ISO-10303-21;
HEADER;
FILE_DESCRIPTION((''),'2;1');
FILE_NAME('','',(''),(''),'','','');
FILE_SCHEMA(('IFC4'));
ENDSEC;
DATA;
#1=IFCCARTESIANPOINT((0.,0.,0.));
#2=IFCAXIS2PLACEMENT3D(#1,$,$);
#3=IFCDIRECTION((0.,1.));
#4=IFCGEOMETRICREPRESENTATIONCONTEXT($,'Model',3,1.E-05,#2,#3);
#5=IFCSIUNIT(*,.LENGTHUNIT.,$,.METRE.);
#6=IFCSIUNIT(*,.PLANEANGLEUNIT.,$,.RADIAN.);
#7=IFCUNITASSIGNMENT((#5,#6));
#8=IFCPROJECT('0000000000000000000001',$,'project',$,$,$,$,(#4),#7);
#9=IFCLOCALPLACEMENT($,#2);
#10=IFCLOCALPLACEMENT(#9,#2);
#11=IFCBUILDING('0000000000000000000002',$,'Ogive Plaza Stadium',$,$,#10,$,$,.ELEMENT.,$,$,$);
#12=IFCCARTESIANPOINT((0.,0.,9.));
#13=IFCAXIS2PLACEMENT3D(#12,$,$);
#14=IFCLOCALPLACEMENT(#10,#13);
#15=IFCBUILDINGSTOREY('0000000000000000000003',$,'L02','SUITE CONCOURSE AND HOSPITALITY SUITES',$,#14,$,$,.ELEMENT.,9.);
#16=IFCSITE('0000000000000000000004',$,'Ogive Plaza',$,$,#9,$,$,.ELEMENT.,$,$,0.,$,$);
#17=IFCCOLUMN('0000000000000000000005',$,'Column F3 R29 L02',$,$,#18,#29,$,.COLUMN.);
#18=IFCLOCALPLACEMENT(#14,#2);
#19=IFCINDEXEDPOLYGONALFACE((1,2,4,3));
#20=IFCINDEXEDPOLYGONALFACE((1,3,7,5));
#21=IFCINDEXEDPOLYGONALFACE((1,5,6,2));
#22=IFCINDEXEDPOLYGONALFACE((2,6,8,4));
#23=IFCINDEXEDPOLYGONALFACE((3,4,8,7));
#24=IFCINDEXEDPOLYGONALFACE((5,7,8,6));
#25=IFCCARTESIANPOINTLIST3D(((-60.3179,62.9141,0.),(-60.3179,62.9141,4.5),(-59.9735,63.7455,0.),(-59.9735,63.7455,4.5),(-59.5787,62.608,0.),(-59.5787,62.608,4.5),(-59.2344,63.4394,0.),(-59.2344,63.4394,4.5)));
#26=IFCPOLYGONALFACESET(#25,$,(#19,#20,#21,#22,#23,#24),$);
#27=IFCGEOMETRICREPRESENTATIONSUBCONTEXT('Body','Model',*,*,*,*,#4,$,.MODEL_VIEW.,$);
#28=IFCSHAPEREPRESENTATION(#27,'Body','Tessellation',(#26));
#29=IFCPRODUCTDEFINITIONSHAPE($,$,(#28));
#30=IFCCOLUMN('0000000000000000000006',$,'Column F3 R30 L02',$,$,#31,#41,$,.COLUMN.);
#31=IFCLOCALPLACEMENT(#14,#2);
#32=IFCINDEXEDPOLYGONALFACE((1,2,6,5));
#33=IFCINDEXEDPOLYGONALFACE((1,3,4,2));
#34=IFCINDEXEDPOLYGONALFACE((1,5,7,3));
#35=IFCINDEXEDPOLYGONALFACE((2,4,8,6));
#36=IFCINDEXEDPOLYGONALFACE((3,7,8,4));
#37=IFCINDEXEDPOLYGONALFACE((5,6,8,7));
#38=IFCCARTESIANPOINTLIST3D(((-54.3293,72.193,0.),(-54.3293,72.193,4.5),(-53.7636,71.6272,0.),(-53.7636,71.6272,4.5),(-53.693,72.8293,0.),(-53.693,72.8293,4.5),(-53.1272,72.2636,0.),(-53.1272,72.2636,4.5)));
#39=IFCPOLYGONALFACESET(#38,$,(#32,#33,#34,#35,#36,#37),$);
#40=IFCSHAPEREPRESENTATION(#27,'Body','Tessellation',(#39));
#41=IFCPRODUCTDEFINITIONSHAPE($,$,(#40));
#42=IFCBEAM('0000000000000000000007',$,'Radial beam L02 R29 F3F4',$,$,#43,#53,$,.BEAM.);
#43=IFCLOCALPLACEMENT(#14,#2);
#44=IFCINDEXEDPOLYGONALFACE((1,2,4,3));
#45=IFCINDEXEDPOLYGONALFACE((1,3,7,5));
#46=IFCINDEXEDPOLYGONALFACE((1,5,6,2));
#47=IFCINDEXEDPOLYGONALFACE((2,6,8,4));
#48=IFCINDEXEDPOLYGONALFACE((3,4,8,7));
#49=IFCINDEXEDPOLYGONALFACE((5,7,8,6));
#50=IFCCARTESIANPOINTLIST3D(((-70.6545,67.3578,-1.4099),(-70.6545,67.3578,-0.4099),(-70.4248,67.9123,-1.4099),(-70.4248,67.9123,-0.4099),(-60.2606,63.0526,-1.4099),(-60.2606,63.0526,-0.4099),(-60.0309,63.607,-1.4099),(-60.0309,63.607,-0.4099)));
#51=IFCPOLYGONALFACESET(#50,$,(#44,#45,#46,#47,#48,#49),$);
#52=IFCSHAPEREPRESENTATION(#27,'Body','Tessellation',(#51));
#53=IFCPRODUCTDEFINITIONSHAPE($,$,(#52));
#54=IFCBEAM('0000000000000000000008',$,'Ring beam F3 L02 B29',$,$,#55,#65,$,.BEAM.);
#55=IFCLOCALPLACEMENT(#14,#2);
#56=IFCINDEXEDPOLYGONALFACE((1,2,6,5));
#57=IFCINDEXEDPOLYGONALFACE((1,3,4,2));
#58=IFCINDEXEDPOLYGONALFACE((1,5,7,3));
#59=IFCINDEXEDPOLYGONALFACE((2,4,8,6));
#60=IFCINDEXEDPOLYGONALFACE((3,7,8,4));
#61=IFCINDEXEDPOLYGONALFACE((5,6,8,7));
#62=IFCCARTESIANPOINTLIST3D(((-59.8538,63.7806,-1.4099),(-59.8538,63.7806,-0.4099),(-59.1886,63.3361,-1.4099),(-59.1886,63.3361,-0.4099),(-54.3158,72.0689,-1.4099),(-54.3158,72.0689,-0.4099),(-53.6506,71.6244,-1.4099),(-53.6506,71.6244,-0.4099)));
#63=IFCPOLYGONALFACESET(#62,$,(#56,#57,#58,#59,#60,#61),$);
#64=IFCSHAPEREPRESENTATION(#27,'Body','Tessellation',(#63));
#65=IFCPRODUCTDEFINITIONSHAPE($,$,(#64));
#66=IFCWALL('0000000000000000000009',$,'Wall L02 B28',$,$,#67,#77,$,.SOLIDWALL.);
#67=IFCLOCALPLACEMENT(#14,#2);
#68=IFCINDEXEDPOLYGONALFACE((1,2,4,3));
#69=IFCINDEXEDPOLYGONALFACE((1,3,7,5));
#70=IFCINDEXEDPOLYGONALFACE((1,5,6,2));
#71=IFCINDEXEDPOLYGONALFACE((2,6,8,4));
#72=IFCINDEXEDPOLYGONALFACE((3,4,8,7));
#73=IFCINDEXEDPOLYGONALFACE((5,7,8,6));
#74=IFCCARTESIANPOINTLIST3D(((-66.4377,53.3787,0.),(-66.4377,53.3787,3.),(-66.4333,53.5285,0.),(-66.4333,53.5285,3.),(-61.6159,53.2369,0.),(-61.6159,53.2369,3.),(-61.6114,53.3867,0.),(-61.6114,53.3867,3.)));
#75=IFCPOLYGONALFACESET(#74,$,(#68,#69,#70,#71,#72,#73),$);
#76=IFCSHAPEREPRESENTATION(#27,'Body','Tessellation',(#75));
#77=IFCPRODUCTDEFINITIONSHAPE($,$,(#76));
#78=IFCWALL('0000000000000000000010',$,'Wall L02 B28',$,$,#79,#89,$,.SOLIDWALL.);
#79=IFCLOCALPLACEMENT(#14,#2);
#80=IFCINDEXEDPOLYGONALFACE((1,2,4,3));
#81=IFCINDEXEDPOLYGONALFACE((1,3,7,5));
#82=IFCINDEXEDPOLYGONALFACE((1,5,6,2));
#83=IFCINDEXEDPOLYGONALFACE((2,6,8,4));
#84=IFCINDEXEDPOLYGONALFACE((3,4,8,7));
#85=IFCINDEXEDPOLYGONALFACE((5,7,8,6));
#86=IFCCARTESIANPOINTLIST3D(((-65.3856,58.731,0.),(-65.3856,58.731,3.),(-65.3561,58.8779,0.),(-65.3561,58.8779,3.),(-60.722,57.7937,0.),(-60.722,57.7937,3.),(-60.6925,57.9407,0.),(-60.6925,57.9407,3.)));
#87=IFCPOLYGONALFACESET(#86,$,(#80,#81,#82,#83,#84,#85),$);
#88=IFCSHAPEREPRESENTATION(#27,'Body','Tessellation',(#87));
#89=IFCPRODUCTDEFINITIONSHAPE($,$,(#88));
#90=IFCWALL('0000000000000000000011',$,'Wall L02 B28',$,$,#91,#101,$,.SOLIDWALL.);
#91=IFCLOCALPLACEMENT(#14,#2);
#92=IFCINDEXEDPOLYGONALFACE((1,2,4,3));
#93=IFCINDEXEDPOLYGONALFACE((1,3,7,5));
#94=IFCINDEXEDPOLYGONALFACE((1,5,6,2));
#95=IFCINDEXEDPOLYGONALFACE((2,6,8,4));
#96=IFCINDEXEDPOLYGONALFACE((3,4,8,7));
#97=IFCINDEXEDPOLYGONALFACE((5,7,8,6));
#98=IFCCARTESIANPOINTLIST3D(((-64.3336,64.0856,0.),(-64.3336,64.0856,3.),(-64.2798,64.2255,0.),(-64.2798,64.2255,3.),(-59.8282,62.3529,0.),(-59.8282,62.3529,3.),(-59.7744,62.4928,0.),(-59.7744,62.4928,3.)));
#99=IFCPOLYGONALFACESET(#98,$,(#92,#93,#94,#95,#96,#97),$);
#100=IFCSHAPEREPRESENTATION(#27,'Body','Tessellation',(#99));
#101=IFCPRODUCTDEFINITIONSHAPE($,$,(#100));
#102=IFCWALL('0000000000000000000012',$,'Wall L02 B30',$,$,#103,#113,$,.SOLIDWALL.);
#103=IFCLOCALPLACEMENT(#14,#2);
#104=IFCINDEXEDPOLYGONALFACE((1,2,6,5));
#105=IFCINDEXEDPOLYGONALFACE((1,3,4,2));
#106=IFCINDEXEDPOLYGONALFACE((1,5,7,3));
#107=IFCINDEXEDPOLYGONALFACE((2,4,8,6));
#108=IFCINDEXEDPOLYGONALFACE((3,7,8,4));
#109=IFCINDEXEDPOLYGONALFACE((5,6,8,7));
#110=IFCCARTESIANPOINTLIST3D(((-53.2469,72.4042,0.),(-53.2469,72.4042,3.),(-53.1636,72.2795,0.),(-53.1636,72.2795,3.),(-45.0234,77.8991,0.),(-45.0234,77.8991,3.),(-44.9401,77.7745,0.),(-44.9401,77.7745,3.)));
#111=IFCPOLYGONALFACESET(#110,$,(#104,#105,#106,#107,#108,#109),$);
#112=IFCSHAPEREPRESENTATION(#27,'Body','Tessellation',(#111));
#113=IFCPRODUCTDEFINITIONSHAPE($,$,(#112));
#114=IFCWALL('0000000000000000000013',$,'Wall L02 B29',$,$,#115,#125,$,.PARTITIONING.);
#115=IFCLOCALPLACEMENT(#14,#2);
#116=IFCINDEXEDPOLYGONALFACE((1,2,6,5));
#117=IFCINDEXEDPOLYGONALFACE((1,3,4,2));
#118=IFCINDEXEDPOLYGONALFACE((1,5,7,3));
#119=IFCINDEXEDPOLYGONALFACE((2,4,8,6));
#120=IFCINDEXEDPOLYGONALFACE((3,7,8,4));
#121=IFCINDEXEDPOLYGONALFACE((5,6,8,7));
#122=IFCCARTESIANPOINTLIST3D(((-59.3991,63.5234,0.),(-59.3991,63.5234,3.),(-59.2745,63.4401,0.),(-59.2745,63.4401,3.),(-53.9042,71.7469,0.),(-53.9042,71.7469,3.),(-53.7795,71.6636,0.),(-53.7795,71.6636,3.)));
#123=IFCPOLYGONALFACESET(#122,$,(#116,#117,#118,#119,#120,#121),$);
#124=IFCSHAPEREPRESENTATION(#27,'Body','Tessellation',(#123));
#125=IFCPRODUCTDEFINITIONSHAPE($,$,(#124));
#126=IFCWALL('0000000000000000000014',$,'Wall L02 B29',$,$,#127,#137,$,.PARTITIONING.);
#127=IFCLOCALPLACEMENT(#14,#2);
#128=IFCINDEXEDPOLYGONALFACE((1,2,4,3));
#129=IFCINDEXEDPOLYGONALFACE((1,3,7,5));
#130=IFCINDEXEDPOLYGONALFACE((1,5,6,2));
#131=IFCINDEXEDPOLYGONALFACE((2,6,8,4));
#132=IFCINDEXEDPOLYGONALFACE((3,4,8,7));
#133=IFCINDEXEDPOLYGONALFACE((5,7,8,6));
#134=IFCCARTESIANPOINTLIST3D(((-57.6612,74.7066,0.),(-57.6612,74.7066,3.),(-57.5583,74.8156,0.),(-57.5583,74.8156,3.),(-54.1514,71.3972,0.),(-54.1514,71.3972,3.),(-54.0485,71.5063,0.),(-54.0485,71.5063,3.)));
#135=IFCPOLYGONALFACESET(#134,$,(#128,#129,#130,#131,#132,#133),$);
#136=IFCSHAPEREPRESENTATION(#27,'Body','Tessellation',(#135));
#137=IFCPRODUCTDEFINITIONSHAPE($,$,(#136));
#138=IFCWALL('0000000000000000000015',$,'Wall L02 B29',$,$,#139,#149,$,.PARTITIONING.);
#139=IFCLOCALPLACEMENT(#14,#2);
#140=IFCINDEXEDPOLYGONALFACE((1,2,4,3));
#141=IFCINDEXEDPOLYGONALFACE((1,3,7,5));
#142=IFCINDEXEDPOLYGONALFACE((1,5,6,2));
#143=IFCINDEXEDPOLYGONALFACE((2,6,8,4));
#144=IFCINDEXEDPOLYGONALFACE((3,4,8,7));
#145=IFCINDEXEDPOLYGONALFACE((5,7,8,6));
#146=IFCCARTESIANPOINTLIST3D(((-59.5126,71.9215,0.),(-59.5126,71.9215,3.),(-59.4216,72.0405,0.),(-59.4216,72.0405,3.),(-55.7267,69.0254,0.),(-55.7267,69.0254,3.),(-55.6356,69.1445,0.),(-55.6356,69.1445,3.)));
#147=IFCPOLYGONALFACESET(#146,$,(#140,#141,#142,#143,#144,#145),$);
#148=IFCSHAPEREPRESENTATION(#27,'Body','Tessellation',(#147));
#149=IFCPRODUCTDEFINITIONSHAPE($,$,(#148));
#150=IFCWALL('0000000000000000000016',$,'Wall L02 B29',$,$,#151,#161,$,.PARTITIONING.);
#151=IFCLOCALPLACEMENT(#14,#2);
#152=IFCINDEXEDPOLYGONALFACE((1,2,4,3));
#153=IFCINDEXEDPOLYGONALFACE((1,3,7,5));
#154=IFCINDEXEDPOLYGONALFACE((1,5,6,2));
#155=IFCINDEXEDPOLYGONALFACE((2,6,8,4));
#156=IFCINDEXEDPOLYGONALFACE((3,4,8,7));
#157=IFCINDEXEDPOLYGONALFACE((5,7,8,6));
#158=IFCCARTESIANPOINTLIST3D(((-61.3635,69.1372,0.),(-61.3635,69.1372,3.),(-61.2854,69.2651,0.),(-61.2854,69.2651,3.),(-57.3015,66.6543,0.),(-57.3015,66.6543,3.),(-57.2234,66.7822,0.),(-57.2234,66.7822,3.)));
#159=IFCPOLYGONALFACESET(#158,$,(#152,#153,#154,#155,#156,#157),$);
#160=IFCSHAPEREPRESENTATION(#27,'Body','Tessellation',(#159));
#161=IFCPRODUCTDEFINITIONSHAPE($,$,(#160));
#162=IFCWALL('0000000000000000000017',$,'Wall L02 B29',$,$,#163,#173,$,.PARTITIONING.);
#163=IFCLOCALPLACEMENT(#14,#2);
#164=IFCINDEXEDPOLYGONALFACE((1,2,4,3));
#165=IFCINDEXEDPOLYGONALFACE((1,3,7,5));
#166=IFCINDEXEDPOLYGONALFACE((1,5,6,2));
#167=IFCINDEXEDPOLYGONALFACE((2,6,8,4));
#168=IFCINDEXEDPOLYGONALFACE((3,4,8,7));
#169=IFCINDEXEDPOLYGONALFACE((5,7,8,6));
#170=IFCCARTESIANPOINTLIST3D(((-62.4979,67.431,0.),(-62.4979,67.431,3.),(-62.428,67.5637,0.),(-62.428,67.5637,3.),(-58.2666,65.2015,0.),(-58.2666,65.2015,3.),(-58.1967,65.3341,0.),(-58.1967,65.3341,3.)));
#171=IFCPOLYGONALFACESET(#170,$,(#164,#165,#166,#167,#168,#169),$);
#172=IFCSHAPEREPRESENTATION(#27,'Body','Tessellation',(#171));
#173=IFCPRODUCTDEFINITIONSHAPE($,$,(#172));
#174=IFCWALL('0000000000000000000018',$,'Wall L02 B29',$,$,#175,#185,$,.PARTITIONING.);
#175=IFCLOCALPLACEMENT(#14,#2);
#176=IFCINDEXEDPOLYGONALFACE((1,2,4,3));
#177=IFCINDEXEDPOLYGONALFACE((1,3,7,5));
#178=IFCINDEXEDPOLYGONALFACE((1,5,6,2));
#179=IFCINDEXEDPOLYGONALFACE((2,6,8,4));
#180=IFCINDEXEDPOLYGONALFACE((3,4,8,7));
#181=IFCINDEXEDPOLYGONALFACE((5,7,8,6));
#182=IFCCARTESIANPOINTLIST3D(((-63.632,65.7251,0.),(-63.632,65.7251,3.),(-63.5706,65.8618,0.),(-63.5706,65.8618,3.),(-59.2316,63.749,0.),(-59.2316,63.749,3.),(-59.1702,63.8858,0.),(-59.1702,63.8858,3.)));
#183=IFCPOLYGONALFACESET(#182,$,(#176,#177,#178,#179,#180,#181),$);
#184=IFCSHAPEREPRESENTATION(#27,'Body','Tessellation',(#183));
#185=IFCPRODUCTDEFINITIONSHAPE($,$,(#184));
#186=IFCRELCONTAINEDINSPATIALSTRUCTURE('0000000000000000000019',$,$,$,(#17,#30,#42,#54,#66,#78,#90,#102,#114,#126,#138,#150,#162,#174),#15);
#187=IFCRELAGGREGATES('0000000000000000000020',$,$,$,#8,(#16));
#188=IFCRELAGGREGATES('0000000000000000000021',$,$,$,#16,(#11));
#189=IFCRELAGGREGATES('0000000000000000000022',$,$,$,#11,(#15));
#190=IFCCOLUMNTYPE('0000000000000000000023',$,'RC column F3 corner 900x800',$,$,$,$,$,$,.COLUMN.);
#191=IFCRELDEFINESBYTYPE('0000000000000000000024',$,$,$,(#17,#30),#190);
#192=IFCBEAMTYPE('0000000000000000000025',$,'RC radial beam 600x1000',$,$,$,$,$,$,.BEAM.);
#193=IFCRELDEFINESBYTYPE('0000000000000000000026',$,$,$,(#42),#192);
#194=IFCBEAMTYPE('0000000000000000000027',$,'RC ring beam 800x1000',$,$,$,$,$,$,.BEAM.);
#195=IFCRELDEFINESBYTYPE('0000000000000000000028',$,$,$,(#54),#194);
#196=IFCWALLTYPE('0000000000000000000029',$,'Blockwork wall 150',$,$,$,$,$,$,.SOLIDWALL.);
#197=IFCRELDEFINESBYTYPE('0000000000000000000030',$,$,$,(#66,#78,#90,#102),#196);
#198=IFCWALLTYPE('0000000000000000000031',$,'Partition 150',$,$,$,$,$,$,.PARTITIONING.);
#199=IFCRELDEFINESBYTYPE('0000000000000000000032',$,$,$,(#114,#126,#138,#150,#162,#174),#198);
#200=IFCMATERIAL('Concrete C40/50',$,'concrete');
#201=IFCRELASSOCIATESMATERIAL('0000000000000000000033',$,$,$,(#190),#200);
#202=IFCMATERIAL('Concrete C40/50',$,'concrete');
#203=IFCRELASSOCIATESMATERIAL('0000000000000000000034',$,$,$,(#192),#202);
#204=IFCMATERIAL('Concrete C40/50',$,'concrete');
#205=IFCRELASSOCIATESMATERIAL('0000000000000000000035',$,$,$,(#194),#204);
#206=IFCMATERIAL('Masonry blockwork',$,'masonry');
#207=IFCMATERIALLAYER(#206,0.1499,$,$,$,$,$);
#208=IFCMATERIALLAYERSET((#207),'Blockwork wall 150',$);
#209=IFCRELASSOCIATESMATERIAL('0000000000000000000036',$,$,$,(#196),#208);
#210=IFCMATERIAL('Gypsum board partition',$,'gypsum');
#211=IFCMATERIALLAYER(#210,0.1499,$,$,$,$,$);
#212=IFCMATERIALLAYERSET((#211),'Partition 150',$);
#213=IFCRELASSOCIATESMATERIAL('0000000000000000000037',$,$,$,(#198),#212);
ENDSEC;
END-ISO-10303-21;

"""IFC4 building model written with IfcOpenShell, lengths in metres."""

from ifc_helpers import new_model, si_unit, direction, frame, frame_2d, origin, origin_2d, place, context, subcontext, project, spatial, rectangle, extrude, material, layer, layer_set, material_profile, profile_set, type_object, element, save


model = new_model("IFC4")

# Units and contexts
model_context = context("Model", 3, precision=1e-05, world=origin(), true_north=direction((0.0, 1.0)))
body_context = subcontext(model_context, "Body", "Model", "MODEL_VIEW")
ifc_project = project(units=[si_unit("LENGTHUNIT", "METRE"), si_unit("PLANEANGLEUNIT", "RADIAN")], contexts=[model_context])

# Site, building, storey
site_placement = place(None, origin())
site = spatial("IfcSite", under=ifc_project, at=site_placement, Name="Ogive Plaza", CompositionType="ELEMENT", RefElevation=0.0)
building_placement = place(site_placement, origin())
building = spatial("IfcBuilding", under=site, at=building_placement, Name="Ogive Plaza Stadium", CompositionType="ELEMENT")
storey_placement = place(building_placement, frame((0.0, 0.0, 9.0)))
storey = spatial("IfcBuildingStorey", under=building, at=storey_placement, Name="L02", Description="SUITE CONCOURSE AND HOSPITALITY SUITES", CompositionType="ELEMENT", Elevation=9.0)

# Columns
ifc_material_1 = material(Name="Concrete C40/50", Category="concrete")
ifc_material_profile_1 = material_profile(ifc_material_1, rectangle(XDim=0.8999, YDim=0.8, at=origin_2d()), Name="RC 900x800")
ifc_profile_set_1 = profile_set([ifc_material_profile_1], Name="Concrete C40/50")
column_type = type_object("IfcColumnType", Name="RC column F3 corner 900x800", PredefinedType="COLUMN", material=ifc_profile_set_1)
for number, where, z_axis, x_axis, name in (
    (1, (-59.7761, 63.1768, 0.0), (0.0, 0.0, 1.0), (-0.382683, -0.92388, 0.0), "Column F3 R29 L02"),
    (2, (-53.7283, 72.2283, 0.0), (0.0, 0.0, 1.0), (-0.707107, -0.707107, 0.0), "Column F3 R30 L02"),
):
    element("IfcColumn", number, at=place(storey_placement, frame(where, z_axis=z_axis, x_axis=x_axis)), inside=storey, type_object=column_type, Name=name, PredefinedType="COLUMN", context=body_context, shape_type="SweptSolid", body=[
        extrude(rectangle(XDim=0.8999, YDim=0.8, at=origin_2d()), origin(), (0.0, 0.0, 1.0), 4.5),
    ])

# Beams
ifc_material_2 = material(Name="Concrete C40/50", Category="concrete")
ifc_material_profile_2 = material_profile(ifc_material_2, rectangle(XDim=0.6001, YDim=1.0, at=origin_2d()), Name="RC 600x1000")
ifc_profile_set_2 = profile_set([ifc_material_profile_2], Name="Concrete C40/50")
beam_type_1 = type_object("IfcBeamType", Name="RC radial beam 600x1000", PredefinedType="BEAM", material=ifc_profile_set_2)
beam_1_placement = place(storey_placement, frame((-60.1458, 63.3298, -0.9099), z_axis=(-0.923882, 0.382678, 0.0), x_axis=(-0.382678, -0.923882, 0.0)))
element("IfcBeam", 3, at=beam_1_placement, inside=storey, type_object=beam_type_1, Name="Radial beam L02 R29 F3F4", PredefinedType="BEAM", context=body_context, shape_type="SweptSolid", body=[
    extrude(rectangle(XDim=0.6001, YDim=1.0, at=origin_2d()), origin(), (0.0, 0.0, 1.0), 11.2502),
])
ifc_material_3 = material(Name="Concrete C40/50", Category="concrete")
ifc_material_profile_3 = material_profile(ifc_material_3, rectangle(XDim=0.8, YDim=1.0, at=origin_2d()), Name="RC 800x1000")
ifc_profile_set_3 = profile_set([ifc_material_profile_3], Name="Concrete C40/50")
beam_type_2 = type_object("IfcBeamType", Name="RC ring beam 800x1000", PredefinedType="BEAM", material=ifc_profile_set_3)
beam_2_placement = place(storey_placement, frame((-59.5212, 63.5583, -0.9099), z_axis=(0.55557, 0.83147, 0.0), x_axis=(-0.83147, 0.55557, 0.0)))
element("IfcBeam", 4, at=beam_2_placement, inside=storey, type_object=beam_type_2, Name="Ring beam F3 L02 B29", PredefinedType="BEAM", context=body_context, shape_type="SweptSolid", body=[
    extrude(rectangle(XDim=0.8, YDim=1.0, at=origin_2d()), origin(), (0.0, 0.0, 1.0), 9.9683),
])

# Walls
ifc_material_4 = material(Name="Masonry blockwork", Category="masonry")
ifc_layer_1 = layer(ifc_material_4, 0.1499)
ifc_layer_set_1 = layer_set([ifc_layer_1], Name="Blockwork wall 150")
wall_type_1 = type_object("IfcWallType", Name="Blockwork wall 150", PredefinedType="SOLIDWALL", material=ifc_layer_set_1)
wall_1_placement = place(storey_placement, frame((-61.6135, 53.3118, 0.0), z_axis=(0.0, 0.0, 1.0), x_axis=(-0.999568, 0.029405, 0.0)))
element("IfcWall", 5, at=wall_1_placement, inside=storey, type_object=wall_type_1, Name="Wall L02 B28", PredefinedType="SOLIDWALL", context=body_context, shape_type="SweptSolid", body=[
    extrude(rectangle(XDim=4.824, YDim=0.1499, at=frame_2d((2.4121, 0.0))), origin(), (0.0, 0.0, 1.0), 3.0),
])
wall_2_placement = place(storey_placement, frame((-60.7073, 57.8672, 0.0), z_axis=(0.0, 0.0, 1.0), x_axis=(-0.980397, 0.197034, 0.0)))
element("IfcWall", 6, at=wall_2_placement, inside=storey, type_object=wall_type_1, Name="Wall L02 B28", PredefinedType="SOLIDWALL", context=body_context, shape_type="SweptSolid", body=[
    extrude(rectangle(XDim=4.7568, YDim=0.1499, at=frame_2d((2.3784, 0.0))), origin(), (0.0, 0.0, 1.0), 3.0),
])
wall_3_placement = place(storey_placement, frame((-59.8013, 62.4229, 0.0), z_axis=(0.0, 0.0, 1.0), x_axis=(-0.933357, 0.358949, 0.0)))
element("IfcWall", 7, at=wall_3_placement, inside=storey, type_object=wall_type_1, Name="Wall L02 B28", PredefinedType="SOLIDWALL", context=body_context, shape_type="SweptSolid", body=[
    extrude(rectangle(XDim=4.8271, YDim=0.1499, at=frame_2d((2.4136, 0.0))), origin(), (0.0, 0.0, 1.0), 3.0),
])
wall_4_placement = place(storey_placement, frame((-53.2053, 72.3418, 0.0), z_axis=(0.0, 0.0, 1.0), x_axis=(0.831461, 0.555583, 0.0)))
element("IfcWall", 8, at=wall_4_placement, inside=storey, type_object=wall_type_1, Name="Wall L02 B30", PredefinedType="SOLIDWALL", context=body_context, shape_type="SweptSolid", body=[
    extrude(rectangle(XDim=9.8904, YDim=0.1499, at=frame_2d((4.9453, 0.0))), origin(), (0.0, 0.0, 1.0), 3.0),
])
ifc_material_5 = material(Name="Gypsum board partition", Category="gypsum")
ifc_layer_2 = layer(ifc_material_5, 0.1499)
ifc_layer_set_2 = layer_set([ifc_layer_2], Name="Partition 150")
wall_type_2 = type_object("IfcWallType", Name="Partition 150", PredefinedType="PARTITIONING", material=ifc_layer_set_2)
wall_5_placement = place(storey_placement, frame((-53.8418, 71.7053, 0.0), z_axis=(0.0, 0.0, 1.0), x_axis=(-0.555583, -0.831461, 0.0)))
element("IfcWall", 9, at=wall_5_placement, inside=storey, type_object=wall_type_2, Name="Wall L02 B29", PredefinedType="PARTITIONING", context=body_context, shape_type="SweptSolid", body=[
    extrude(rectangle(XDim=9.8904, YDim=0.1499, at=frame_2d((4.9453, 0.0))), origin(), (0.0, 0.0, 1.0), 3.0),
])
wall_6_placement = place(storey_placement, frame((-54.0999, 71.4517, 0.0), z_axis=(0.0, 0.0, 1.0), x_axis=(-0.727577, 0.686026, 0.0)))
element("IfcWall", 10, at=wall_6_placement, inside=storey, type_object=wall_type_2, Name="Wall L02 B29", PredefinedType="PARTITIONING", context=body_context, shape_type="SweptSolid", body=[
    extrude(rectangle(XDim=4.824, YDim=0.1499, at=frame_2d((2.4121, 0.0))), origin(), (0.0, 0.0, 1.0), 3.0),
])
wall_7_placement = place(storey_placement, frame((-55.6812, 69.085, 0.0), z_axis=(0.0, 0.0, 1.0), x_axis=(-0.794266, 0.60757, 0.0)))
element("IfcWall", 11, at=wall_7_placement, inside=storey, type_object=wall_type_2, Name="Wall L02 B29", PredefinedType="PARTITIONING", context=body_context, shape_type="SweptSolid", body=[
    extrude(rectangle(XDim=4.7666, YDim=0.1499, at=frame_2d((2.3833, 0.0))), origin(), (0.0, 0.0, 1.0), 3.0),
])
wall_8_placement = place(storey_placement, frame((-57.2625, 66.7183, 0.0), z_axis=(0.0, 0.0, 1.0), x_axis=(-0.853229, 0.521537, 0.0)))
element("IfcWall", 12, at=wall_8_placement, inside=storey, type_object=wall_type_2, Name="Wall L02 B29", PredefinedType="PARTITIONING", context=body_context, shape_type="SweptSolid", body=[
    extrude(rectangle(XDim=4.7607, YDim=0.1499, at=frame_2d((2.3804, 0.0))), origin(), (0.0, 0.0, 1.0), 3.0),
])
wall_9_placement = place(storey_placement, frame((-58.2317, 65.2678, 0.0), z_axis=(0.0, 0.0, 1.0), x_axis=(-0.884699, 0.466163, 0.0)))
element("IfcWall", 13, at=wall_9_placement, inside=storey, type_object=wall_type_2, Name="Wall L02 B29", PredefinedType="PARTITIONING", context=body_context, shape_type="SweptSolid", body=[
    extrude(rectangle(XDim=4.7827, YDim=0.1499, at=frame_2d((2.3914, 0.0))), origin(), (0.0, 0.0, 1.0), 3.0),
])
wall_10_placement = place(storey_placement, frame((-59.2009, 63.8174, 0.0), z_axis=(0.0, 0.0, 1.0), x_axis=(-0.912239, 0.409657, 0.0)))
element("IfcWall", 14, at=wall_10_placement, inside=storey, type_object=wall_type_2, Name="Wall L02 B29", PredefinedType="PARTITIONING", context=body_context, shape_type="SweptSolid", body=[
    extrude(rectangle(XDim=4.8237, YDim=0.1499, at=frame_2d((2.4119, 0.0))), origin(), (0.0, 0.0, 1.0), 3.0),
])

save(model, "model.ifc")
